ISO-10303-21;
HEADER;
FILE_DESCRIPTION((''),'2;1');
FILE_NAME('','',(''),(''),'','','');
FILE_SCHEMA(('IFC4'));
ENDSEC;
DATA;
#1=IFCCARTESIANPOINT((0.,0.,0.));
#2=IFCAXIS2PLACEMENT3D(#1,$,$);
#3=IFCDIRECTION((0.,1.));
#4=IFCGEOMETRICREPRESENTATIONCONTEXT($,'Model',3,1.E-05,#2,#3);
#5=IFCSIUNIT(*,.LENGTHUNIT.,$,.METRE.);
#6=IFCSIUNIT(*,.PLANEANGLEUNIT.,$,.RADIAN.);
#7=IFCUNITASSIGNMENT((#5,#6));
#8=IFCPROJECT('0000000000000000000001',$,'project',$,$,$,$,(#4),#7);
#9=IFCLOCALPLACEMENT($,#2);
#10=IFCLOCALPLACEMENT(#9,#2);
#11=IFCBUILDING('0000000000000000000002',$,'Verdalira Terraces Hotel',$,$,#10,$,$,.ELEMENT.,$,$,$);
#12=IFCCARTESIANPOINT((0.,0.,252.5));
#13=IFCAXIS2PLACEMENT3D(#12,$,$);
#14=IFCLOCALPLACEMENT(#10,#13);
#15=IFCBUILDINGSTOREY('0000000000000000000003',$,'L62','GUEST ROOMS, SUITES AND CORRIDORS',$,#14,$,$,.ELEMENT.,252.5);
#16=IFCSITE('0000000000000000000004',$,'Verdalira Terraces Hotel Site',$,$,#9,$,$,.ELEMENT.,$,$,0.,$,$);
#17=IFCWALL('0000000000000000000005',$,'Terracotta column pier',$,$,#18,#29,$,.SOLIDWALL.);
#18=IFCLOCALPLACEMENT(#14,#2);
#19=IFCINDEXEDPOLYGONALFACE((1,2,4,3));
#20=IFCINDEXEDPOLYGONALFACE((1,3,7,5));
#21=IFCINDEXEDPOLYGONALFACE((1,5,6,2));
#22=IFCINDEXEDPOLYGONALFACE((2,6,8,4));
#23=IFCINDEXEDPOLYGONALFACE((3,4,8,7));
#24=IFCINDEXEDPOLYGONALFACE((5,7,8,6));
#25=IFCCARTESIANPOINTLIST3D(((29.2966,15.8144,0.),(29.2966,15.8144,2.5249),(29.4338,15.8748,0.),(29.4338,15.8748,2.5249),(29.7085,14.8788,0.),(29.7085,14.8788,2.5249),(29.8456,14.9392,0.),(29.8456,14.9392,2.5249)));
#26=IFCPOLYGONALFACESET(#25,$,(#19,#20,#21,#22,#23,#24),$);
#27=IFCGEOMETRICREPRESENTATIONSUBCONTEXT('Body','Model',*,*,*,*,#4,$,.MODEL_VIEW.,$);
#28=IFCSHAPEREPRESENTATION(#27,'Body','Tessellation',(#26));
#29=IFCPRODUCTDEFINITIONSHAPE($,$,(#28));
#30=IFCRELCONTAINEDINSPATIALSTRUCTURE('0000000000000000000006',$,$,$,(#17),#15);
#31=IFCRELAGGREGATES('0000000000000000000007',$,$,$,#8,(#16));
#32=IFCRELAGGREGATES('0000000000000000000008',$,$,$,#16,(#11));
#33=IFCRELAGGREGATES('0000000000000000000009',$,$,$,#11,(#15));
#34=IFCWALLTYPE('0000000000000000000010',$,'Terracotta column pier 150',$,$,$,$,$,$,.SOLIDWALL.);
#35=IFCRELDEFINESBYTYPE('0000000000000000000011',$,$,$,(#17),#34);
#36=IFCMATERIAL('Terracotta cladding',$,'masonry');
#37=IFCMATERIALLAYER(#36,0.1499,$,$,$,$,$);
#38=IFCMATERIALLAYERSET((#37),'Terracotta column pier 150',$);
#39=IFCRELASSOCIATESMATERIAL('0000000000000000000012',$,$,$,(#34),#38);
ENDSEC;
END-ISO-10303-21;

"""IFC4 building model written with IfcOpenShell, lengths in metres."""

from ifc_helpers import new_model, si_unit, direction, frame, frame_2d, origin, place, context, subcontext, project, spatial, rectangle, extrude, material, layer, layer_set, type_object, element, save


model = new_model("IFC4")

# Units and contexts
model_context = context("Model", 3, precision=1e-05, world=origin(), true_north=direction((0.0, 1.0)))
body_context = subcontext(model_context, "Body", "Model", "MODEL_VIEW")
ifc_project = project(units=[si_unit("LENGTHUNIT", "METRE"), si_unit("PLANEANGLEUNIT", "RADIAN")], contexts=[model_context])

# Site, building, storey
site_placement = place(None, origin())
site = spatial("IfcSite", under=ifc_project, at=site_placement, Name="Verdalira Terraces Hotel Site", CompositionType="ELEMENT", RefElevation=0.0)
building_placement = place(site_placement, origin())
building = spatial("IfcBuilding", under=site, at=building_placement, Name="Verdalira Terraces Hotel", CompositionType="ELEMENT")
storey_placement = place(building_placement, frame((0.0, 0.0, 252.5)))
storey = spatial("IfcBuildingStorey", under=building, at=storey_placement, Name="L62", Description="GUEST ROOMS, SUITES AND CORRIDORS", CompositionType="ELEMENT", Elevation=252.5)

# Wall
ifc_material_1 = material(Name="Terracotta cladding", Category="masonry")
ifc_layer_1 = layer(ifc_material_1, 0.1499)
ifc_layer_set_1 = layer_set([ifc_layer_1], Name="Terracotta column pier 150")
wall_type_1 = type_object("IfcWallType", Name="Terracotta column pier 150", PredefinedType="SOLIDWALL", material=ifc_layer_set_1)
wall_1_placement = place(storey_placement, frame((29.7771, 14.9089, 0.0), z_axis=(0.0, 0.0, 1.0), x_axis=(-0.402923, 0.915234, 0.0)))
element("IfcWall", 1, at=wall_1_placement, inside=storey, type_object=wall_type_1, Name="Terracotta column pier", PredefinedType="SOLIDWALL", context=body_context, shape_type="SweptSolid", body=[
    extrude(rectangle(XDim=1.0222, YDim=0.1499, at=frame_2d((0.5112, 0.0))), origin(), (0.0, 0.0, 1.0), 2.5249),
])

save(model, "model.ifc")
